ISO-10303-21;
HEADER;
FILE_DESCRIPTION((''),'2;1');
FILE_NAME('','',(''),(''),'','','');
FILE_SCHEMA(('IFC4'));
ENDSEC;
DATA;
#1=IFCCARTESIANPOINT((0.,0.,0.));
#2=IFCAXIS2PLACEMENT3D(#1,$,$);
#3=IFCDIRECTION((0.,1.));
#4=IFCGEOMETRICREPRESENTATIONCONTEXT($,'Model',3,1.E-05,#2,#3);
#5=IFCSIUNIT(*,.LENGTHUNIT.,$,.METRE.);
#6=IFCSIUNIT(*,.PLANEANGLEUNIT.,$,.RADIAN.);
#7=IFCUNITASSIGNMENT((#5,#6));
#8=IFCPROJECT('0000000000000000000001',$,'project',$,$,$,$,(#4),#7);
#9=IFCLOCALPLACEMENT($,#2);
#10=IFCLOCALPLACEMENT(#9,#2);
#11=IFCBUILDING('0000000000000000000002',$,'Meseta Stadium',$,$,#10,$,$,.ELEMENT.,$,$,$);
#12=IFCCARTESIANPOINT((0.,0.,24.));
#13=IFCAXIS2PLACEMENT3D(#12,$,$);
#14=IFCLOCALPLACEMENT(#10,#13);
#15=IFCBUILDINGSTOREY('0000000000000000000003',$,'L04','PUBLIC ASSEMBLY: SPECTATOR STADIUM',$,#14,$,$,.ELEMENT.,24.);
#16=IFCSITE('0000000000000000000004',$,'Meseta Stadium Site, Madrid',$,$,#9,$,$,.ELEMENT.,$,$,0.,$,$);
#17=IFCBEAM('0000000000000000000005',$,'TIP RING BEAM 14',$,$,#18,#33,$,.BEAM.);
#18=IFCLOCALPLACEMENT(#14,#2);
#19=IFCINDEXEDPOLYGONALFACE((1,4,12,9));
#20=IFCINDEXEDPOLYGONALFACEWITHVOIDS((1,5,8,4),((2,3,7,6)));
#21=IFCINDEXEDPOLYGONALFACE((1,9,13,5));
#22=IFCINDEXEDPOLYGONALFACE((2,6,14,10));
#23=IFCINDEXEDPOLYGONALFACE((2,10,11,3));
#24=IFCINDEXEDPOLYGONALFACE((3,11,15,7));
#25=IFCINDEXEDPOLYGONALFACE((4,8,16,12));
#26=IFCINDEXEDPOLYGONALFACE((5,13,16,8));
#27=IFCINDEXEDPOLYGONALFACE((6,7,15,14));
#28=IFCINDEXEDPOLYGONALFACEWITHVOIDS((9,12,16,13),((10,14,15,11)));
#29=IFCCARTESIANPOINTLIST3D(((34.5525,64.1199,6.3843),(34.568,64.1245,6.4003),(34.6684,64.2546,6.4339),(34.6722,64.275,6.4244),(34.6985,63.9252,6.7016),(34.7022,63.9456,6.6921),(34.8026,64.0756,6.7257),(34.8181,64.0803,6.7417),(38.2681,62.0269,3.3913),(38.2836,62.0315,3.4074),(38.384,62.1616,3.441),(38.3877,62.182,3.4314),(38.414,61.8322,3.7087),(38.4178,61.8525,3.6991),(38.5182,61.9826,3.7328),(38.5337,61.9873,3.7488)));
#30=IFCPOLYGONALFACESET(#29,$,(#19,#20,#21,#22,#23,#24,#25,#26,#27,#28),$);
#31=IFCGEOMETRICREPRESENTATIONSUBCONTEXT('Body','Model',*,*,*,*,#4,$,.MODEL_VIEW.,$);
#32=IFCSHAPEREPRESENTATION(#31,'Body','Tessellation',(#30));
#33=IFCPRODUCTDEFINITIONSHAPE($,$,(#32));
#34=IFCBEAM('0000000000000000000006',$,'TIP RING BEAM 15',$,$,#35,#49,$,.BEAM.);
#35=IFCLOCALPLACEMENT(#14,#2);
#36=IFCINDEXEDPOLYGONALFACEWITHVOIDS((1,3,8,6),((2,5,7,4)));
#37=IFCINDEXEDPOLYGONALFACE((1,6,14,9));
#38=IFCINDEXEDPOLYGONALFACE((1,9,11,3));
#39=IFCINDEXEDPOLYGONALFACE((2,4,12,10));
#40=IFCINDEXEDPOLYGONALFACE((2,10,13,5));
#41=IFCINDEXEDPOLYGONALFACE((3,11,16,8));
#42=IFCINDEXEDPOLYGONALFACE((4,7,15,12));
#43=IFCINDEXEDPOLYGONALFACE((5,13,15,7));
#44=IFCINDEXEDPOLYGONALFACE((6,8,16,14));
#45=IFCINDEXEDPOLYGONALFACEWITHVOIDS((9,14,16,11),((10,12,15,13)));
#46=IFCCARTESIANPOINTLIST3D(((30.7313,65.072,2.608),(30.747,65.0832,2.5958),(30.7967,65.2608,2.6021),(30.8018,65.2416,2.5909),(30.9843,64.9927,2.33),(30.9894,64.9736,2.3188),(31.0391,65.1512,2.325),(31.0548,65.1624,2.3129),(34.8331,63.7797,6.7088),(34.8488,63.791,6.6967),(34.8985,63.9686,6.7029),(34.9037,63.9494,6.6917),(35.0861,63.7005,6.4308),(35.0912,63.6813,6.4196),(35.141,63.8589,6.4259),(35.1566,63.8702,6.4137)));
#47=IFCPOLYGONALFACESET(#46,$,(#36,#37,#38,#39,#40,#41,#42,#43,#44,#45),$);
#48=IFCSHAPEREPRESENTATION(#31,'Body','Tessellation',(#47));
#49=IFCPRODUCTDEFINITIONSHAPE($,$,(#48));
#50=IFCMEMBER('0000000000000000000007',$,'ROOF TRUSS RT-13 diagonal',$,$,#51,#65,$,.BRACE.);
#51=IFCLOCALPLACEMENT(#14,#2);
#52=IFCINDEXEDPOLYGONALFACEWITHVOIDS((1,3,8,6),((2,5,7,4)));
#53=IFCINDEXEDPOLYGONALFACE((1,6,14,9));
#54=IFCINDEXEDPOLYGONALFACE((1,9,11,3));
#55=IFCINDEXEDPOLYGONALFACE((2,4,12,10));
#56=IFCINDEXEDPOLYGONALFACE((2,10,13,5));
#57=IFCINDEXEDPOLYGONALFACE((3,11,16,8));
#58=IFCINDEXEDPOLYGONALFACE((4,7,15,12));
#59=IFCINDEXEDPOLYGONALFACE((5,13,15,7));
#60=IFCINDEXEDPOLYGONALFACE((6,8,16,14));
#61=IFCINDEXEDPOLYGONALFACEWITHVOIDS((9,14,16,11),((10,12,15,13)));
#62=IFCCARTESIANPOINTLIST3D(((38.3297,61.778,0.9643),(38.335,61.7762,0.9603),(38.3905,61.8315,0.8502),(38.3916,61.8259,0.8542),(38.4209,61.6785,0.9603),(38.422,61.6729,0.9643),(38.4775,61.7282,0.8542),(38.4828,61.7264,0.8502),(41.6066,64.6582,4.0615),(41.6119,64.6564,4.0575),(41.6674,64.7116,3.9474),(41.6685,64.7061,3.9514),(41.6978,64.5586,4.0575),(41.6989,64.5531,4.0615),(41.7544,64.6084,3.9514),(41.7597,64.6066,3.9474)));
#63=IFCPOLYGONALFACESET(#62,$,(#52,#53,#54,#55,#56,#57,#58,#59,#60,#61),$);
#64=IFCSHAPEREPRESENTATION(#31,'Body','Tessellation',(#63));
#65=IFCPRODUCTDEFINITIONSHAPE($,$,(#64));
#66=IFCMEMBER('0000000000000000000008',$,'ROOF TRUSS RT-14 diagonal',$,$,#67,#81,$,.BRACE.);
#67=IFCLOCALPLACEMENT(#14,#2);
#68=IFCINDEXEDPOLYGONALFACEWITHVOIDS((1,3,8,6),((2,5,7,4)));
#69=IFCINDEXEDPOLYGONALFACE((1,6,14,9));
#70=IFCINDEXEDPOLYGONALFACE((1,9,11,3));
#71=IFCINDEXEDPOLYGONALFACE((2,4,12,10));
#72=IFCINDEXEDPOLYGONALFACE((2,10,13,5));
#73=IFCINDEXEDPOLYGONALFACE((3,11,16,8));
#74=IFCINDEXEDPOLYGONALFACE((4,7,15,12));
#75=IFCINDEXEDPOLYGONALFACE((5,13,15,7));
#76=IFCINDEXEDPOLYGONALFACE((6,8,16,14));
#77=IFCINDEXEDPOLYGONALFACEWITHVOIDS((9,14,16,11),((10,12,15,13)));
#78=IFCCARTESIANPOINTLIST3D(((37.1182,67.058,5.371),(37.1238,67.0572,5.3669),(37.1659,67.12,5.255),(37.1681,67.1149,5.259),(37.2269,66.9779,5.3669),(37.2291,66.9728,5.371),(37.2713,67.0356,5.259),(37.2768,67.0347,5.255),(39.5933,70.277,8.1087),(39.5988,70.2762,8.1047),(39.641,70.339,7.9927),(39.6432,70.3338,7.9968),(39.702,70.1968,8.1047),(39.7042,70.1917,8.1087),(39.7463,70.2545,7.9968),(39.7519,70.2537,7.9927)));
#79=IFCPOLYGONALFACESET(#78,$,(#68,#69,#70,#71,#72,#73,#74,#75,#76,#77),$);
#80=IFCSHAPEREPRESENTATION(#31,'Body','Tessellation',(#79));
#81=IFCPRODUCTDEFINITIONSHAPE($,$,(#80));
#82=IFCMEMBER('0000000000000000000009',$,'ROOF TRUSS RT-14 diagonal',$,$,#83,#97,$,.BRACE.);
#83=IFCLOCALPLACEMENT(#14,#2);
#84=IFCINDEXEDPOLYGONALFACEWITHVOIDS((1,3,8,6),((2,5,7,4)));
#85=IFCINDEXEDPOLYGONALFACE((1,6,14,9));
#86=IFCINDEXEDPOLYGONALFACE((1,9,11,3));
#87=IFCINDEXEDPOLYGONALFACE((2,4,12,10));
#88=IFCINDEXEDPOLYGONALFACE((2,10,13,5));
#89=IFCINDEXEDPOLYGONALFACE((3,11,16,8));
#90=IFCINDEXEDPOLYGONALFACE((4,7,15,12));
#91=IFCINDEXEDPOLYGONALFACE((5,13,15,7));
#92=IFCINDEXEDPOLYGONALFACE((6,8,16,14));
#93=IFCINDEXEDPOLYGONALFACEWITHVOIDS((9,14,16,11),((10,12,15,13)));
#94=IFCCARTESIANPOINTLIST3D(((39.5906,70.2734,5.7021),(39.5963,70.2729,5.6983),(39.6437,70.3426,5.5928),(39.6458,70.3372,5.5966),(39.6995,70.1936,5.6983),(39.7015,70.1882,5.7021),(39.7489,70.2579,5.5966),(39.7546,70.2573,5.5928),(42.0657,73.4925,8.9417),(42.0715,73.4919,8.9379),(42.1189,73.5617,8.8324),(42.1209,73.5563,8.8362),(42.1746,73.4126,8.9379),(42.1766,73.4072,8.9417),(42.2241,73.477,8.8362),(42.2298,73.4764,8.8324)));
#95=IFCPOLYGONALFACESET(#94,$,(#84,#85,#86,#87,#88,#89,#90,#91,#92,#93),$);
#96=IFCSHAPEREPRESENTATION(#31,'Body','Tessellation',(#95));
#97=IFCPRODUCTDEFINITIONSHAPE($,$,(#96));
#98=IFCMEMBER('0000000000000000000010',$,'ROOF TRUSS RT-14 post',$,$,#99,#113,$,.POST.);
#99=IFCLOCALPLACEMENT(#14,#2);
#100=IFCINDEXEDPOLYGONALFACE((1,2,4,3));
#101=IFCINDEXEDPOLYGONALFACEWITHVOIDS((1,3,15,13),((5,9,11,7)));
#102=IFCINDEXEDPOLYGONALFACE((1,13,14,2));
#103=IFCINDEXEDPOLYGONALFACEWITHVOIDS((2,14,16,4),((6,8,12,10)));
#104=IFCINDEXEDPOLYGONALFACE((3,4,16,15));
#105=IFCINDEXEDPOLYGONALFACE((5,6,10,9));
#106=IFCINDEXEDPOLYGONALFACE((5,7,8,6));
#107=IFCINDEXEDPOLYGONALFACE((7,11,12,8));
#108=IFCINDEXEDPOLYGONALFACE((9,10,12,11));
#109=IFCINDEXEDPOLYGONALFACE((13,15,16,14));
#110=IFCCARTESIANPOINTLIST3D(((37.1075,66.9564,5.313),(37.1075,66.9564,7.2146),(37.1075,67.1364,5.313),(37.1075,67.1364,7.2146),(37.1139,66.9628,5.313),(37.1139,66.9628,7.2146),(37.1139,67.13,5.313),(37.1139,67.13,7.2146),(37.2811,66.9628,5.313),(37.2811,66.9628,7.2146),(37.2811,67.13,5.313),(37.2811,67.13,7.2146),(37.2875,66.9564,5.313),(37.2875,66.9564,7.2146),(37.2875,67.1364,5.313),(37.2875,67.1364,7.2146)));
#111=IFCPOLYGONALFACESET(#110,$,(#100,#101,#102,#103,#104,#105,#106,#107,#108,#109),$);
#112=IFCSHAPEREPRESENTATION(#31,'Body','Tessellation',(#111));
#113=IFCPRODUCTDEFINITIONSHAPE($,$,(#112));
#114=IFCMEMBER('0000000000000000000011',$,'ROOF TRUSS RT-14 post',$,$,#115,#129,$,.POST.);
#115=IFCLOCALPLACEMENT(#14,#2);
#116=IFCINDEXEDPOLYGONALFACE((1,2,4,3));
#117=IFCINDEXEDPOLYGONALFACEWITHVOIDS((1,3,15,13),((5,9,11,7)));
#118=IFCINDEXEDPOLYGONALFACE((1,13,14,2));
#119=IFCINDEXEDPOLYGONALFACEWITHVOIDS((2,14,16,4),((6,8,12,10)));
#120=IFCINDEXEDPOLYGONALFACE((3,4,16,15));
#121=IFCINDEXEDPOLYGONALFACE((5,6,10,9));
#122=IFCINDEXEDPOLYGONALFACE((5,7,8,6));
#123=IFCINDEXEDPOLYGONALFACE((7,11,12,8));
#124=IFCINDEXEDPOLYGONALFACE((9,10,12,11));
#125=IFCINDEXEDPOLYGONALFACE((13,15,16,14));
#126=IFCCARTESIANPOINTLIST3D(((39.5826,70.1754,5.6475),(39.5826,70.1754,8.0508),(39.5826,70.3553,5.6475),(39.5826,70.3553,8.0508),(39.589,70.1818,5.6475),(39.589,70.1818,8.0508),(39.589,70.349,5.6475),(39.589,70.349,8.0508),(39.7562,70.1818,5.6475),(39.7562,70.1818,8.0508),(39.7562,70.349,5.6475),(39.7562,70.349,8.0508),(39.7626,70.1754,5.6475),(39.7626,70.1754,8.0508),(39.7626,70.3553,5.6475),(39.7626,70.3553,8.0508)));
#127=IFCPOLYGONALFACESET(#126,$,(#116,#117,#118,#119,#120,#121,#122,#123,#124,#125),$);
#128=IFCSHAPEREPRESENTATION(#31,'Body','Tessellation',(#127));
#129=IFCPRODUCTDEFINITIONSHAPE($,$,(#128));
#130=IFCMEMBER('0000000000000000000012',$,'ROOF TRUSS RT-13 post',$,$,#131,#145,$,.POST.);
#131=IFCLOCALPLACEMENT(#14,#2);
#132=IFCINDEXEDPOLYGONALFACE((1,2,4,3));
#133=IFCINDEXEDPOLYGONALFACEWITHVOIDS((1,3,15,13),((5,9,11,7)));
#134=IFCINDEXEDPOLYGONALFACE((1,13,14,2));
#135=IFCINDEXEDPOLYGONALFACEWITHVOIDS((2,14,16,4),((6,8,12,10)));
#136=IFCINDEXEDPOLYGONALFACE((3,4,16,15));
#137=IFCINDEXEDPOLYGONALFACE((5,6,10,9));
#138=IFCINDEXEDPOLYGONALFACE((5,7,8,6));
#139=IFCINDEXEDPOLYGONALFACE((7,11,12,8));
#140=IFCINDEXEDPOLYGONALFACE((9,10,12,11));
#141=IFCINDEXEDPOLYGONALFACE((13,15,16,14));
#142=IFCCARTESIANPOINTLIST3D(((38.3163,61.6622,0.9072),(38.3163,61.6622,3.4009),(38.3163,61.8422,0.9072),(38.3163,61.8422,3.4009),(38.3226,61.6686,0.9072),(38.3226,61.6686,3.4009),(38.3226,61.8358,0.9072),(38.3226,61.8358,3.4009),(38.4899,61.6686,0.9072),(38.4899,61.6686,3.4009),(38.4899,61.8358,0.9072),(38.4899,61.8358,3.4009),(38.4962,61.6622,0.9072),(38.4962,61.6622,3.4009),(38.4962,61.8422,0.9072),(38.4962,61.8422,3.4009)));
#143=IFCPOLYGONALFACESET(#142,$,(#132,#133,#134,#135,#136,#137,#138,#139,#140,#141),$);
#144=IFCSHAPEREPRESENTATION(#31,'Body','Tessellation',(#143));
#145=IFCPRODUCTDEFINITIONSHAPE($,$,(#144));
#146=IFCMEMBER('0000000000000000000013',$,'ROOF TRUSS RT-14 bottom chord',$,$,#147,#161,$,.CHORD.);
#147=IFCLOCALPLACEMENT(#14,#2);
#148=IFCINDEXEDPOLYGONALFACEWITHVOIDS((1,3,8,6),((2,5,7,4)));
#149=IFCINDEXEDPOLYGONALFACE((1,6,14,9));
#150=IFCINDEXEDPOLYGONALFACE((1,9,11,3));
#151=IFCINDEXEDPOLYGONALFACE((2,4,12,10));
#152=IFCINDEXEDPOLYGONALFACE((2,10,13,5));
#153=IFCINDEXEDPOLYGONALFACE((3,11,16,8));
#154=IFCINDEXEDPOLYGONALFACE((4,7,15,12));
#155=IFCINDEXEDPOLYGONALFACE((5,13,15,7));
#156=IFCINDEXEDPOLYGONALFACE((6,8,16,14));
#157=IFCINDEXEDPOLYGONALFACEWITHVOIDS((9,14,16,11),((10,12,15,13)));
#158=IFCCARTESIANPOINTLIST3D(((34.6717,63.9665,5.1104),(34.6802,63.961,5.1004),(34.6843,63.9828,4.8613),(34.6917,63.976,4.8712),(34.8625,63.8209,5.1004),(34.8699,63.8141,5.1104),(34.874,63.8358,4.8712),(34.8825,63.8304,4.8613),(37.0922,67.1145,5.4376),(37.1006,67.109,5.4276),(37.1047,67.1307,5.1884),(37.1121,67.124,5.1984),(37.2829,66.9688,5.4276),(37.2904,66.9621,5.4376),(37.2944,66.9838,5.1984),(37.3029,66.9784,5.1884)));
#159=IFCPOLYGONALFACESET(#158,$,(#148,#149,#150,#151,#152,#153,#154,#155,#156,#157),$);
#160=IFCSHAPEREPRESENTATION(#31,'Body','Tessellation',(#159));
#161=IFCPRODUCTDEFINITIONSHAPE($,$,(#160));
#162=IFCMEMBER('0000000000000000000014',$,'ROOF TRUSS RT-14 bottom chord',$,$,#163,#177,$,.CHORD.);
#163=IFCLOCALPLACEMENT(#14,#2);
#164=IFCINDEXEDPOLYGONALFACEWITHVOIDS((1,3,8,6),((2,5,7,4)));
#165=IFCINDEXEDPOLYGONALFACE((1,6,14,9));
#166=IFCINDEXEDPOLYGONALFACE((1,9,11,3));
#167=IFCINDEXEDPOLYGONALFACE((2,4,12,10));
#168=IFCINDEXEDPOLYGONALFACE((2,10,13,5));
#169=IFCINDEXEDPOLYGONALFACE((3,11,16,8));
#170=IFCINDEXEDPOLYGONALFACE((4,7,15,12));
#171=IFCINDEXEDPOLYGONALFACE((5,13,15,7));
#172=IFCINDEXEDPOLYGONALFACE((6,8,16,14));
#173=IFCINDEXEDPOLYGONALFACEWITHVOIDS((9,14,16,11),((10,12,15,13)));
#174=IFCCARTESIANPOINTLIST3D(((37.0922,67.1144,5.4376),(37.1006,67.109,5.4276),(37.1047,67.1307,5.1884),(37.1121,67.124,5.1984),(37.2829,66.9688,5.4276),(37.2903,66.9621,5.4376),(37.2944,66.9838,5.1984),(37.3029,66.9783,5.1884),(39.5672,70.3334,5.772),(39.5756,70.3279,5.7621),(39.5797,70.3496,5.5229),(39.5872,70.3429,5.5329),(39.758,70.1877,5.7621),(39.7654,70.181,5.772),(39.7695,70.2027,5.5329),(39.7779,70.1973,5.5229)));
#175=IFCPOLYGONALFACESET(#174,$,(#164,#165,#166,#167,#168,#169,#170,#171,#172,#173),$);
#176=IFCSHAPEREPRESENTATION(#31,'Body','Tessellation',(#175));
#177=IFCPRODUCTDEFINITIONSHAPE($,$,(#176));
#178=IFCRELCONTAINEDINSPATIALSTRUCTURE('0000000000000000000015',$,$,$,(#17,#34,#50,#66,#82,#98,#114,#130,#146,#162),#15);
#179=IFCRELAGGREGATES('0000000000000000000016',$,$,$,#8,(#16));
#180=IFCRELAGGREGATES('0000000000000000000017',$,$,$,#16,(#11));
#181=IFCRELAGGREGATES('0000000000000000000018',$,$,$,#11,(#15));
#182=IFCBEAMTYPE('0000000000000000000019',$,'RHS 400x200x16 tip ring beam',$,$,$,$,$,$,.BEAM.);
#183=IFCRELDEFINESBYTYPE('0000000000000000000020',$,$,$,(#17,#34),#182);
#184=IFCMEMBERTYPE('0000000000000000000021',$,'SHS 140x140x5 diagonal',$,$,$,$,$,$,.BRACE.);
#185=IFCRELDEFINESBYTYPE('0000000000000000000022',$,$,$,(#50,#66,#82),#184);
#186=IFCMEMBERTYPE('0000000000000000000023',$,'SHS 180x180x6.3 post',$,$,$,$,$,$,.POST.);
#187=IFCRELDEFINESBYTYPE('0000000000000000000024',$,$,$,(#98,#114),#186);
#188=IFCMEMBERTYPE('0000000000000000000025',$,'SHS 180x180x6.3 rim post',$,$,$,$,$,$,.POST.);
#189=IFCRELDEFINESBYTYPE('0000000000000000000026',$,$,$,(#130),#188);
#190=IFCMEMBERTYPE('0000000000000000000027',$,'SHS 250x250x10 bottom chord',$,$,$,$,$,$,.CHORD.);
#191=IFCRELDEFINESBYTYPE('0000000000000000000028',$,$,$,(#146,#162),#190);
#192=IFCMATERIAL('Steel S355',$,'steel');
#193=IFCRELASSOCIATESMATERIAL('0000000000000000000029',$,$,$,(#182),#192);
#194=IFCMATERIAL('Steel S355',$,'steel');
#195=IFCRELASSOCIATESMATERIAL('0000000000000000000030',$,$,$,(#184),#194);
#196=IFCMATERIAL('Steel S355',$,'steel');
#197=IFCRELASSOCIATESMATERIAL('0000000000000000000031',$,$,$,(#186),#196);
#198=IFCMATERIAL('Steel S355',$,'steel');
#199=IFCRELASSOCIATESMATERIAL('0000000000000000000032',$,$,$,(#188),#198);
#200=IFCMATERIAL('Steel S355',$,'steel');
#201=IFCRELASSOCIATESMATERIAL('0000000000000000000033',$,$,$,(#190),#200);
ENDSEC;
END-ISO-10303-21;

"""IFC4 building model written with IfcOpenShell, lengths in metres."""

from ifc_helpers import new_model, si_unit, direction, frame, origin, origin_2d, place, context, subcontext, project, spatial, hollow_rectangle, extrude, material, material_profile, profile_set, type_object, element, save


model = new_model("IFC4")

# Units and contexts
model_context = context("Model", 3, precision=1e-05, world=origin(), true_north=direction((0.0, 1.0)))
body_context = subcontext(model_context, "Body", "Model", "MODEL_VIEW")
ifc_project = project(units=[si_unit("LENGTHUNIT", "METRE"), si_unit("PLANEANGLEUNIT", "RADIAN")], contexts=[model_context])

# Site, building, storey
site_placement = place(None, origin())
site = spatial("IfcSite", under=ifc_project, at=site_placement, Name="Meseta Stadium Site, Madrid", CompositionType="ELEMENT", RefElevation=0.0)
building_placement = place(site_placement, origin())
building = spatial("IfcBuilding", under=site, at=building_placement, Name="Meseta Stadium", CompositionType="ELEMENT")
storey_placement = place(building_placement, frame((0.0, 0.0, 24.0)))
storey = spatial("IfcBuildingStorey", under=building, at=storey_placement, Name="L04", Description="PUBLIC ASSEMBLY: SPECTATOR STADIUM", CompositionType="ELEMENT", Elevation=24.0)

# Beams
ifc_material_1 = material(Name="Steel S355", Category="steel")
ifc_material_profile_1 = material_profile(ifc_material_1, hollow_rectangle(XDim=0.2, YDim=0.3999, WallThickness=0.0161, at=origin_2d()), Name="RHS 400x200x16")
ifc_profile_set_1 = profile_set([ifc_material_profile_1], Name="Steel S355")
beam_type = type_object("IfcBeamType", Name="RHS 400x200x16 tip ring beam", PredefinedType="BEAM", material=ifc_profile_set_1)
beam_1_placement = place(storey_placement, frame((38.4009, 62.0071, 3.5701), z_axis=(-0.713166, 0.401733, 0.57446), x_axis=(-0.59846, -0.77565, -0.200531)))
element("IfcBeam", 1, at=beam_1_placement, inside=storey, type_object=beam_type, Name="TIP RING BEAM 14", PredefinedType="BEAM", context=body_context, shape_type="SweptSolid", body=[
    extrude(hollow_rectangle(XDim=0.2, YDim=0.3999, WallThickness=0.0161, at=origin_2d()), origin(), (0.0, 0.0, 1.0), 5.21),
])
beam_2_placement = place(storey_placement, frame((34.9949, 63.825, 6.5613), z_axis=(-0.690267, 0.217462, -0.690103), x_axis=(-0.327083, -0.944534, 0.029523)))
element("IfcBeam", 2, at=beam_2_placement, inside=storey, type_object=beam_type, Name="TIP RING BEAM 15", PredefinedType="BEAM", context=body_context, shape_type="SweptSolid", body=[
    extrude(hollow_rectangle(XDim=0.2, YDim=0.3999, WallThickness=0.0161, at=origin_2d()), origin(), (0.0, 0.0, 1.0), 5.9424),
])

# Members
ifc_material_2 = material(Name="Steel S355", Category="steel")
ifc_material_profile_2 = material_profile(ifc_material_2, hollow_rectangle(XDim=0.1399, YDim=0.1399, WallThickness=0.0049, at=origin_2d()), Name="SHS 140x140x5")
ifc_profile_set_2 = profile_set([ifc_material_profile_2], Name="Steel S355")
member_type_1 = type_object("IfcMemberType", Name="SHS 140x140x5 diagonal", PredefinedType="BRACE", material=ifc_profile_set_2)
member_1_placement = place(storey_placement, frame((38.4062, 61.7522, 0.9072), z_axis=(0.612466, 0.538315, 0.578881), x_axis=(-0.660175, 0.751112, 0.0)))
element("IfcMember", 3, at=member_1_placement, inside=storey, type_object=member_type_1, Name="ROOF TRUSS RT-13 diagonal", PredefinedType="BRACE", context=body_context, shape_type="SweptSolid", body=[
    extrude(hollow_rectangle(XDim=0.1399, YDim=0.1399, WallThickness=0.0049, at=origin_2d()), origin(), (0.0, 0.0, 1.0), 5.3503),
])
member_2_placement = place(storey_placement, frame((37.1975, 67.0464, 5.313), z_axis=(0.505401, 0.6573, 0.559041), x_axis=(-0.792749, 0.609548, 0.0)))
element("IfcMember", 4, at=member_2_placement, inside=storey, type_object=member_type_1, Name="ROOF TRUSS RT-14 diagonal", PredefinedType="BRACE", context=body_context, shape_type="SweptSolid", body=[
    extrude(hollow_rectangle(XDim=0.1399, YDim=0.1399, WallThickness=0.0049, at=origin_2d()), origin(), (0.0, 0.0, 1.0), 4.8972),
])
member_3_placement = place(storey_placement, frame((39.6726, 70.2654, 5.6475), z_axis=(0.476488, 0.619698, 0.623646), x_axis=(-0.792749, 0.609548, 0.0)))
element("IfcMember", 5, at=member_3_placement, inside=storey, type_object=member_type_1, Name="ROOF TRUSS RT-14 diagonal", PredefinedType="BRACE", context=body_context, shape_type="SweptSolid", body=[
    extrude(hollow_rectangle(XDim=0.1399, YDim=0.1399, WallThickness=0.0049, at=origin_2d()), origin(), (0.0, 0.0, 1.0), 5.1946),
])
ifc_material_3 = material(Name="Steel S355", Category="steel")
ifc_material_profile_3 = material_profile(ifc_material_3, hollow_rectangle(XDim=0.1799, YDim=0.1799, WallThickness=0.0063, at=origin_2d()), Name="SHS 180x180x6.3")
ifc_profile_set_3 = profile_set([ifc_material_profile_3], Name="Steel S355")
member_type_2 = type_object("IfcMemberType", Name="SHS 180x180x6.3 post", PredefinedType="POST", material=ifc_profile_set_3)
member_4_placement = place(storey_placement, frame((37.1975, 67.0464, 5.313), z_axis=(0.0, 0.0, 1.0), x_axis=(1.0, 0.0, 0.0)))
element("IfcMember", 6, at=member_4_placement, inside=storey, type_object=member_type_2, Name="ROOF TRUSS RT-14 post", PredefinedType="POST", context=body_context, shape_type="SweptSolid", body=[
    extrude(hollow_rectangle(XDim=0.1799, YDim=0.1799, WallThickness=0.0063, at=origin_2d()), origin(), (0.0, 0.0, 1.0), 1.9016),
])
member_5_placement = place(storey_placement, frame((39.6726, 70.2654, 5.6475), z_axis=(0.0, 0.0, 1.0), x_axis=(1.0, 0.0, 0.0)))
element("IfcMember", 7, at=member_5_placement, inside=storey, type_object=member_type_2, Name="ROOF TRUSS RT-14 post", PredefinedType="POST", context=body_context, shape_type="SweptSolid", body=[
    extrude(hollow_rectangle(XDim=0.1799, YDim=0.1799, WallThickness=0.0063, at=origin_2d()), origin(), (0.0, 0.0, 1.0), 2.4033),
])
ifc_material_4 = material(Name="Steel S355", Category="steel")
ifc_material_profile_4 = material_profile(ifc_material_4, hollow_rectangle(XDim=0.1799, YDim=0.1799, WallThickness=0.0063, at=origin_2d()), Name="SHS 180x180x6.3")
ifc_profile_set_4 = profile_set([ifc_material_profile_4], Name="Steel S355")
member_type_3 = type_object("IfcMemberType", Name="SHS 180x180x6.3 rim post", PredefinedType="POST", material=ifc_profile_set_4)
member_6_placement = place(storey_placement, frame((38.4062, 61.7522, 0.9072), z_axis=(0.0, 0.0, 1.0), x_axis=(1.0, 0.0, 0.0)))
element("IfcMember", 8, at=member_6_placement, inside=storey, type_object=member_type_3, Name="ROOF TRUSS RT-13 post", PredefinedType="POST", context=body_context, shape_type="SweptSolid", body=[
    extrude(hollow_rectangle(XDim=0.1799, YDim=0.1799, WallThickness=0.0063, at=origin_2d()), origin(), (0.0, 0.0, 1.0), 2.4937),
])
ifc_material_5 = material(Name="Steel S355", Category="steel")
ifc_material_profile_5 = material_profile(ifc_material_5, hollow_rectangle(XDim=0.25, YDim=0.25, WallThickness=0.01, at=origin_2d()), Name="SHS 250x250x10")
ifc_profile_set_5 = profile_set([ifc_material_profile_5], Name="Steel S355")
member_type_4 = type_object("IfcMemberType", Name="SHS 250x250x10 bottom chord", PredefinedType="CHORD", material=ifc_profile_set_5)
member_7_placement = place(storey_placement, frame((34.7771, 63.8984, 4.9858), z_axis=(0.60748, 0.79008, 0.082108), x_axis=(-0.792757, 0.609538, 0.0)))
element("IfcMember", 9, at=member_7_placement, inside=storey, type_object=member_type_4, Name="ROOF TRUSS RT-14 bottom chord", PredefinedType="CHORD", context=body_context, shape_type="SweptSolid", body=[
    extrude(hollow_rectangle(XDim=0.25, YDim=0.25, WallThickness=0.01, at=origin_2d()), origin(), (0.0, 0.0, 1.0), 3.9844),
])
for number, where, z_axis, x_axis, name in (
    (10, (37.1975, 67.0464, 5.313), (0.607491, 0.790073, 0.082093), (-0.792749, 0.609548, 0.0), "ROOF TRUSS RT-14 bottom chord"),
):
    element("IfcMember", number, at=place(storey_placement, frame(where, z_axis=z_axis, x_axis=x_axis)), inside=storey, type_object=member_type_4, Name=name, PredefinedType="CHORD", context=body_context, shape_type="SweptSolid", body=[
        extrude(hollow_rectangle(XDim=0.25, YDim=0.25, WallThickness=0.01, at=origin_2d()), origin(), (0.0, 0.0, 1.0), 4.0742),
    ])

save(model, "model.ifc")
